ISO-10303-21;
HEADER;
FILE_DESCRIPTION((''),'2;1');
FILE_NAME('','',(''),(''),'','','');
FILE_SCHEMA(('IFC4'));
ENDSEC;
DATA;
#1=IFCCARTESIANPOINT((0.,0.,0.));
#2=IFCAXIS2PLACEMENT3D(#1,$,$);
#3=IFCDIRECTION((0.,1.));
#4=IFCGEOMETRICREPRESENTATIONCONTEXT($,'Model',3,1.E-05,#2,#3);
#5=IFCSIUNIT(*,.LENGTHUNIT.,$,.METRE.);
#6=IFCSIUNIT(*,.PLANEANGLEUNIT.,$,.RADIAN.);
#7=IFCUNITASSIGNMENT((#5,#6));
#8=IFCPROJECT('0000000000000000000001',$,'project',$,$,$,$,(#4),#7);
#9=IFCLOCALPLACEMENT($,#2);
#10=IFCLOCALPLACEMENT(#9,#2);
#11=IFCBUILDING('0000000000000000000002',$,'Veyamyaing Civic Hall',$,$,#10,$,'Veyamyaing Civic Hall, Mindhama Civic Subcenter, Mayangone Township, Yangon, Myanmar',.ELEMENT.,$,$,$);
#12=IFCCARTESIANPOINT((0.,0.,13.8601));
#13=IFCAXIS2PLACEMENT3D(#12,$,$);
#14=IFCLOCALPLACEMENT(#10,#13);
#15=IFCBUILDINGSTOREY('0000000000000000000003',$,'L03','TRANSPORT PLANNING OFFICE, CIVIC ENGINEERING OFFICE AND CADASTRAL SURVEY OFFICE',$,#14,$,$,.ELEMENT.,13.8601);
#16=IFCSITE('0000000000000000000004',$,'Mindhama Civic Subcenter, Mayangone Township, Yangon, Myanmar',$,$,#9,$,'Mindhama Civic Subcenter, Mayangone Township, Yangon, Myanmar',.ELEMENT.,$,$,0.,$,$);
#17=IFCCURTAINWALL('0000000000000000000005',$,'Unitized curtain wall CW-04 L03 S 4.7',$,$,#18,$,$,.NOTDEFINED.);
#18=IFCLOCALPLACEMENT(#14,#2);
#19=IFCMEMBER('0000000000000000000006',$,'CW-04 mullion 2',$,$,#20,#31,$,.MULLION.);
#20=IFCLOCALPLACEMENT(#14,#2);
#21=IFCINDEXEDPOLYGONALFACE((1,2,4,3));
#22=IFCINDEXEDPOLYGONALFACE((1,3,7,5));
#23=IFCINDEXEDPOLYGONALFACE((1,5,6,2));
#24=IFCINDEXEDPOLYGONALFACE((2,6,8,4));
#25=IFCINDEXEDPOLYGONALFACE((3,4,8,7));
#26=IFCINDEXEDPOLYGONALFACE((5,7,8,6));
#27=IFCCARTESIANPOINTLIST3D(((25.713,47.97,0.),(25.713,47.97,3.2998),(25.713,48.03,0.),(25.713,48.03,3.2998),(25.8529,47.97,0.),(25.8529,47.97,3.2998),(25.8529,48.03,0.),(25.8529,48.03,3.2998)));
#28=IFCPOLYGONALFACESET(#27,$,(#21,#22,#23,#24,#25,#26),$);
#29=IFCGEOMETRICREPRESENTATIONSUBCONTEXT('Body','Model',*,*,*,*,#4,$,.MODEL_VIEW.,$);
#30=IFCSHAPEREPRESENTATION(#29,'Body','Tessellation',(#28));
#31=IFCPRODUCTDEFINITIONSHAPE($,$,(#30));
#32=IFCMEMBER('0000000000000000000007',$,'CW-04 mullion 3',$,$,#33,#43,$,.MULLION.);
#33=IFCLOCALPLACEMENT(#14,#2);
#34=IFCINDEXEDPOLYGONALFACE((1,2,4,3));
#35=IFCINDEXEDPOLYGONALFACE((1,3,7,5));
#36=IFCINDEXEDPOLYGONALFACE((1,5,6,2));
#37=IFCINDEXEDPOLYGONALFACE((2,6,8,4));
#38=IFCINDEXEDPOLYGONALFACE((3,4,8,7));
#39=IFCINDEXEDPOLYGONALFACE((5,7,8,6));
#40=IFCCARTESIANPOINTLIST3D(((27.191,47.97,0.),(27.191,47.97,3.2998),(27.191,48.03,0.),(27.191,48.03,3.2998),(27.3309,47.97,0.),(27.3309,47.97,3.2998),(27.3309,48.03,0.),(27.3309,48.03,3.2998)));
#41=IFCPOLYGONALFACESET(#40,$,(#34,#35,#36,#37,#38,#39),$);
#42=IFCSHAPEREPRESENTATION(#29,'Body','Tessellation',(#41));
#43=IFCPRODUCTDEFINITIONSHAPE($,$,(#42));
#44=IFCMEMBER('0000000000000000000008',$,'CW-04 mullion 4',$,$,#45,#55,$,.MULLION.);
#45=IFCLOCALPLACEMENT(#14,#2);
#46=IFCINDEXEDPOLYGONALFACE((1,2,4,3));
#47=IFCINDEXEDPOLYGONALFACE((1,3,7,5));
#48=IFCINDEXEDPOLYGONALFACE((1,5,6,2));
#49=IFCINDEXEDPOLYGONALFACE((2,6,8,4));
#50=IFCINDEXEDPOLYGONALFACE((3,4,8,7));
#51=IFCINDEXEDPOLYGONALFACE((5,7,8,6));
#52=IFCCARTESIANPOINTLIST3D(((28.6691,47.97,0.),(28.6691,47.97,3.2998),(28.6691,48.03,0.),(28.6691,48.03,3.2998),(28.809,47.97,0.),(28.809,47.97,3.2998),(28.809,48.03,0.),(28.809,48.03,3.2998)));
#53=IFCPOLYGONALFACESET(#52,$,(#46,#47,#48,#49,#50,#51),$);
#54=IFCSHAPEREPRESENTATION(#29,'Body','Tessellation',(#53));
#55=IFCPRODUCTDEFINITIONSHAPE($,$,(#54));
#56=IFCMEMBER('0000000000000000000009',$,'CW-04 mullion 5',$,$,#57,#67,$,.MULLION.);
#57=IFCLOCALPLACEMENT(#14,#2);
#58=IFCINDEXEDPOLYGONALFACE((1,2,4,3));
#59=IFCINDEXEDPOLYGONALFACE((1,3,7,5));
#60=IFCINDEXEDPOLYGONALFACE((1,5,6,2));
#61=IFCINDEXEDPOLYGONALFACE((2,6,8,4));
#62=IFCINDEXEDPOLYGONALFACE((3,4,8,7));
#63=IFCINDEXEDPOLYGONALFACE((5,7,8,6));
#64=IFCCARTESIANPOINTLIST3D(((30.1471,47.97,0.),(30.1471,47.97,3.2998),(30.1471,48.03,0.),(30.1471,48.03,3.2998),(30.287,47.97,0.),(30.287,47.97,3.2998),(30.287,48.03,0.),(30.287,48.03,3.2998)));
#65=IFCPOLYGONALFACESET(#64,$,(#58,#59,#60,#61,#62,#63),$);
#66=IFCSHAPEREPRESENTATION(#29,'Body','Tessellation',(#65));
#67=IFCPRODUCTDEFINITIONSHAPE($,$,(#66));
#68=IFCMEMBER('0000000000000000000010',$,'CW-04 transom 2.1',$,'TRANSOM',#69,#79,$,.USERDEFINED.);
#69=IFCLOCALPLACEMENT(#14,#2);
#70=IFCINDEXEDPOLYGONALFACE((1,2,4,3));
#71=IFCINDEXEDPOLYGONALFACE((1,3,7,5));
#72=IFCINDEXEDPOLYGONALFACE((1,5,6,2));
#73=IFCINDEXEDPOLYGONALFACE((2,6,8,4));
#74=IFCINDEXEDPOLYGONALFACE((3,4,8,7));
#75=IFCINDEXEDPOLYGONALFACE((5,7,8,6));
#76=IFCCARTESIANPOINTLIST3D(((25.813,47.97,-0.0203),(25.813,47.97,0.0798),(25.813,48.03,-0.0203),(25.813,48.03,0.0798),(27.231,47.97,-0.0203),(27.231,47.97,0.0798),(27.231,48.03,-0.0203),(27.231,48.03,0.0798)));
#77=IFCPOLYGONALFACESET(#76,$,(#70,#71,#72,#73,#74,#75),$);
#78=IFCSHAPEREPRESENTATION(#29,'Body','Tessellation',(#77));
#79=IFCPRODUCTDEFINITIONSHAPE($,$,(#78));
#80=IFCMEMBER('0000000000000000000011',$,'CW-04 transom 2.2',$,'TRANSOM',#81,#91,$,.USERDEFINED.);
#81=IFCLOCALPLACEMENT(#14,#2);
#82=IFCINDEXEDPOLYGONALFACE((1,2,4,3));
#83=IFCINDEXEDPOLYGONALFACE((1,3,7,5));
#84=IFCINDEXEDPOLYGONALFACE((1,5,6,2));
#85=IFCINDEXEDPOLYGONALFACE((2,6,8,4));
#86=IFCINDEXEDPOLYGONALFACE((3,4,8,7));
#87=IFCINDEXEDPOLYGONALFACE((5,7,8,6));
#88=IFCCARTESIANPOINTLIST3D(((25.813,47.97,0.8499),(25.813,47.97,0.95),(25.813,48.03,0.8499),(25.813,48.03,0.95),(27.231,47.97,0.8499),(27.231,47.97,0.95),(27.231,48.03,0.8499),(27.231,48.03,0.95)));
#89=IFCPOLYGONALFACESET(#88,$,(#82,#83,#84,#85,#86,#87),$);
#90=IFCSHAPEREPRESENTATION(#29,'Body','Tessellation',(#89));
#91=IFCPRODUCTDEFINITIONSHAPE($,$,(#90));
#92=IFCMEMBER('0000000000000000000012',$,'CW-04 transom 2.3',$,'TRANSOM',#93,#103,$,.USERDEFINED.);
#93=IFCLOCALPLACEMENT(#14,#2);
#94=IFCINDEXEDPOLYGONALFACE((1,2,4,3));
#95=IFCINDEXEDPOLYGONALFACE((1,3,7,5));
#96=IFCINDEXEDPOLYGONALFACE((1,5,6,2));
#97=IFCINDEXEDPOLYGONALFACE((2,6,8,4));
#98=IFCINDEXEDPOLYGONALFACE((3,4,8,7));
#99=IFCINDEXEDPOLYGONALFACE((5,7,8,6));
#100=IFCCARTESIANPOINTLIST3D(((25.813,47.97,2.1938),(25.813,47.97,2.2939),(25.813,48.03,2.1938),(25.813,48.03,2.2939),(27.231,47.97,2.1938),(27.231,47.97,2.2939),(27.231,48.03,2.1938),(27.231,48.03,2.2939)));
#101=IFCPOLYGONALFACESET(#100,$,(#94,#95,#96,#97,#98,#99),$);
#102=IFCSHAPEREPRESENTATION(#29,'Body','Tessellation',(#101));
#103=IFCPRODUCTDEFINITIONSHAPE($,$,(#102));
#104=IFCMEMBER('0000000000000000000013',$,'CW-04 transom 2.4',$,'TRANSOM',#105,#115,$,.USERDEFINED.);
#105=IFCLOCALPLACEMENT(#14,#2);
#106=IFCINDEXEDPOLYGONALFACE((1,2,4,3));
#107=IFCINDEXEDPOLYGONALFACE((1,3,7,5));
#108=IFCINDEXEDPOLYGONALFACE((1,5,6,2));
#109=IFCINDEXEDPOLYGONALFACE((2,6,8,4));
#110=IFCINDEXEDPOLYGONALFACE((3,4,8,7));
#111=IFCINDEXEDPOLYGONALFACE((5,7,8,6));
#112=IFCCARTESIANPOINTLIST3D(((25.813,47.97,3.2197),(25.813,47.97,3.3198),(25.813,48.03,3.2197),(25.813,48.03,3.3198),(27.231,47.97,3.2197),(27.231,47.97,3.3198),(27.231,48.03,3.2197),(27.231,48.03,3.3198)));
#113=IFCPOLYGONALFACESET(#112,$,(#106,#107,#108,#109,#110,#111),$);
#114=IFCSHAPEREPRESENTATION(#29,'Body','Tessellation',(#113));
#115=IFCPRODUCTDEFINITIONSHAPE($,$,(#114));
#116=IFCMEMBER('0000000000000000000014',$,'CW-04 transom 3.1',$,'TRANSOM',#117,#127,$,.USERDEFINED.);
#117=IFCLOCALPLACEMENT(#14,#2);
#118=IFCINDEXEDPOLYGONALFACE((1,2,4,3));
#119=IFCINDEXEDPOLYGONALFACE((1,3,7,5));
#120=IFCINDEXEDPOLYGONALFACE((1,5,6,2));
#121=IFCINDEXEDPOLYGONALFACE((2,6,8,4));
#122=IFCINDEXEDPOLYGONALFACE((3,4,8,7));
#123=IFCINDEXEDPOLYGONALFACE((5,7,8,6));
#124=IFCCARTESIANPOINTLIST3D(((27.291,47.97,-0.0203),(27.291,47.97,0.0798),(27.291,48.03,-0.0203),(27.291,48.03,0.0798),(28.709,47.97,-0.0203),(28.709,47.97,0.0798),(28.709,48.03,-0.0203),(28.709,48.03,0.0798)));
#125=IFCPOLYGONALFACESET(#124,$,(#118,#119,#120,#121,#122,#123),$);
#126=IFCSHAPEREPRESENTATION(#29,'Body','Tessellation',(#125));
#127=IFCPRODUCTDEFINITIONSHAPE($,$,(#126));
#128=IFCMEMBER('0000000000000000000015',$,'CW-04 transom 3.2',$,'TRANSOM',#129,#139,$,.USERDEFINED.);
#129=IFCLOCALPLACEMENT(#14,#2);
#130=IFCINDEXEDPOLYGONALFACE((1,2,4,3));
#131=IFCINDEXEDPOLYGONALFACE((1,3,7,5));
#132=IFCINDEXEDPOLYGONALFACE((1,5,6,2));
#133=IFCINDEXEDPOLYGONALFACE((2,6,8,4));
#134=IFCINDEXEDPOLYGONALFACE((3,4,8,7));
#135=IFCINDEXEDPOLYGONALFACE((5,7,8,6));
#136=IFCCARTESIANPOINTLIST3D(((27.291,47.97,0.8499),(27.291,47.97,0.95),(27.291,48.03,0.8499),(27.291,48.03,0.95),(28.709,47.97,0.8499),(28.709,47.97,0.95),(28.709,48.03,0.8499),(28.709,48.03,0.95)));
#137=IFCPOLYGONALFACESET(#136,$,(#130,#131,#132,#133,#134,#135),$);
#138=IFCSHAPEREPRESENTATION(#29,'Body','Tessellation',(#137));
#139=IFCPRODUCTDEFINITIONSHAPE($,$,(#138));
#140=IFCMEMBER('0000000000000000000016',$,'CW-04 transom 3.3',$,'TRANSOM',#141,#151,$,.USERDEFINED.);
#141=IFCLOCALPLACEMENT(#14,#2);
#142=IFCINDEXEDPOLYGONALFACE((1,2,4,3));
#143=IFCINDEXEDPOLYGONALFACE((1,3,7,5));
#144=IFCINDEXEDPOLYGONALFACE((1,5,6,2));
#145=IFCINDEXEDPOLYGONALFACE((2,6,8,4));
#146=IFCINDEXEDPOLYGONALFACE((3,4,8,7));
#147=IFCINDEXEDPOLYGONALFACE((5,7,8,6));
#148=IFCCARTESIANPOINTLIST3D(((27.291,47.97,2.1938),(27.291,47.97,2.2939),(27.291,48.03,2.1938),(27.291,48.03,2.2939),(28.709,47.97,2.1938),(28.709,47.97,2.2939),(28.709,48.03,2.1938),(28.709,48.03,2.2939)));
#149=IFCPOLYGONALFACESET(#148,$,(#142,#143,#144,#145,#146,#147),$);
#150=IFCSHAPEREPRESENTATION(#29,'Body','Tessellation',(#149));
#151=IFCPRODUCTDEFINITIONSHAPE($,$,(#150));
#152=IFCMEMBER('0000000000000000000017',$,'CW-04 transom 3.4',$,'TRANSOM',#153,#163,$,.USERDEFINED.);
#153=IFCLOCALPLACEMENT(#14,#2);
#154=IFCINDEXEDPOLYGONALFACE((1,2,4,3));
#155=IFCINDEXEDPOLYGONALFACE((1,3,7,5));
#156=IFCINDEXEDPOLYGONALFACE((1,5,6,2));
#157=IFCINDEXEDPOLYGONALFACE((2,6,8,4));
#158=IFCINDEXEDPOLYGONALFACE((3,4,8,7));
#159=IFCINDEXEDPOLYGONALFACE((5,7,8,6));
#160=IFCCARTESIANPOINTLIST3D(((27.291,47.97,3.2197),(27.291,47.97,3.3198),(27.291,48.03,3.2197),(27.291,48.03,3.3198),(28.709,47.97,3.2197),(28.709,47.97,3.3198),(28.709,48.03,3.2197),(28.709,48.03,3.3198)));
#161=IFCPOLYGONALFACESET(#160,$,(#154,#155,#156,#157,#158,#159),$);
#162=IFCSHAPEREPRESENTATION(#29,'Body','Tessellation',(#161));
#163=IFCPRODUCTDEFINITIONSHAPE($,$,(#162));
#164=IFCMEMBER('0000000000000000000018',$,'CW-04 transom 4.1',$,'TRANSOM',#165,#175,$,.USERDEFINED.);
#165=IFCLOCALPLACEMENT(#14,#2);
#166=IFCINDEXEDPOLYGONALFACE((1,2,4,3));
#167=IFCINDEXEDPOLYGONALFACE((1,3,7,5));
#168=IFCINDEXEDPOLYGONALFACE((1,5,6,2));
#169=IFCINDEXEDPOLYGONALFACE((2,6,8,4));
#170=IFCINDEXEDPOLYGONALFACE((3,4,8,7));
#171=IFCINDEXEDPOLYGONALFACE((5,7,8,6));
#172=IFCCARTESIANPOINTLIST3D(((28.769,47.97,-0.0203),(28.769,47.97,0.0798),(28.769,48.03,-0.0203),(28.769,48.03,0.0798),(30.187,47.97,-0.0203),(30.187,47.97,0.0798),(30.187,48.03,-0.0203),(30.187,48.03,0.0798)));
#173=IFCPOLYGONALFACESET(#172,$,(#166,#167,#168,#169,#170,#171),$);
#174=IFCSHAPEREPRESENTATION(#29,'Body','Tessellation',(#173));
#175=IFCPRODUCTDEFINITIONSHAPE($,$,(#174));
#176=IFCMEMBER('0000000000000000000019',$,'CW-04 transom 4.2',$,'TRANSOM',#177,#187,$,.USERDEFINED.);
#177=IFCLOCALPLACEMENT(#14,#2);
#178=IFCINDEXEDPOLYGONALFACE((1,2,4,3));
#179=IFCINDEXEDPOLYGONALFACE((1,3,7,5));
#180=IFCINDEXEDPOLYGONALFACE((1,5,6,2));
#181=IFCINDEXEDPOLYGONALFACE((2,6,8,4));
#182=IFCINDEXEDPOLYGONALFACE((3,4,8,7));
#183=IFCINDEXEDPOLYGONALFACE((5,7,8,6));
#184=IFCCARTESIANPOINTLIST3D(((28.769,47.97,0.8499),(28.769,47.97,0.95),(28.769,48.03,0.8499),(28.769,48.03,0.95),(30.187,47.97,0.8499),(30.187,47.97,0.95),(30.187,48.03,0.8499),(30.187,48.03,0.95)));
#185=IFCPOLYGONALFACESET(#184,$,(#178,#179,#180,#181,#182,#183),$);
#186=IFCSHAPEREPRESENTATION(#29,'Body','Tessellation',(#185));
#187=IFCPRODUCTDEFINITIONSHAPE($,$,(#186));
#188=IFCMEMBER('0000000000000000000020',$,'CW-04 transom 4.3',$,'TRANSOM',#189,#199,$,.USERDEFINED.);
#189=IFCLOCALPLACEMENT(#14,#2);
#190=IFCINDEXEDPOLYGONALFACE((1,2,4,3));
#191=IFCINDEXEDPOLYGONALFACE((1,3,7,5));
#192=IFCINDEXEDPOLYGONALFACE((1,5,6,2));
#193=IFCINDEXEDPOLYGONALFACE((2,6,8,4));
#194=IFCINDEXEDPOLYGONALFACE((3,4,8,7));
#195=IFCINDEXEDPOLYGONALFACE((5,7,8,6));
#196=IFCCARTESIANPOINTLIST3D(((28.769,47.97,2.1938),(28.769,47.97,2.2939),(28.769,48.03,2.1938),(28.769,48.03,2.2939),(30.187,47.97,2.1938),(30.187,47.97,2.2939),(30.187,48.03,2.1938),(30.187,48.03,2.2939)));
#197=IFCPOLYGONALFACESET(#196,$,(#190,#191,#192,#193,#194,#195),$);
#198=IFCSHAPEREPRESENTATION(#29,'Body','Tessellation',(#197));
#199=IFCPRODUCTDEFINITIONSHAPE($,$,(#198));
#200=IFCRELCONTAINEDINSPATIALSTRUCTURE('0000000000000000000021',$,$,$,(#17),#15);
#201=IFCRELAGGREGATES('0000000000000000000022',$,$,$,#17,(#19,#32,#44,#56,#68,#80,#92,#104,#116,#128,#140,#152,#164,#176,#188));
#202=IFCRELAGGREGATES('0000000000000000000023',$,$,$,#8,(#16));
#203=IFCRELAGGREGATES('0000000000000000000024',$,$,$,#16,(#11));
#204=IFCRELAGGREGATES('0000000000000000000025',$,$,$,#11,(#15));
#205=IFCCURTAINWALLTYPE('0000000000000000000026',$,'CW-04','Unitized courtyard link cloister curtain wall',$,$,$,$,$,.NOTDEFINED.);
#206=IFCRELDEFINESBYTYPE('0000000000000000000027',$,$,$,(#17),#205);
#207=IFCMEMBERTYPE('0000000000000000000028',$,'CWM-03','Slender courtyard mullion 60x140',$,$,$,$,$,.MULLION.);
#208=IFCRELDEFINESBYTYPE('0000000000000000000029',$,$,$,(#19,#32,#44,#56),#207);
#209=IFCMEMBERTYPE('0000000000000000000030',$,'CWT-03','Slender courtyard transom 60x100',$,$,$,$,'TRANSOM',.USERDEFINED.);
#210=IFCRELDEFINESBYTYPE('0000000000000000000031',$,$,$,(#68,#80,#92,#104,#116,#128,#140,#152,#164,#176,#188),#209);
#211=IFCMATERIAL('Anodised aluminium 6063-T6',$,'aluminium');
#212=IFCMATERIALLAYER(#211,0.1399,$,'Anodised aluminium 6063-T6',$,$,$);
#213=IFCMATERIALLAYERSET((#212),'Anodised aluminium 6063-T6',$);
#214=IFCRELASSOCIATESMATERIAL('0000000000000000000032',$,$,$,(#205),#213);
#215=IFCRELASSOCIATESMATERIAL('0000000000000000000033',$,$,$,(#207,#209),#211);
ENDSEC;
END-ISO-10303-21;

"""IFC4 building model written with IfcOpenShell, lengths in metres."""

from ifc_helpers import new_model, si_unit, direction, frame, origin, origin_2d, place, context, subcontext, project, spatial, rectangle, extrude, material, layer, layer_set, material_profile, profile_set, type_object, element, aggregate, save


model = new_model("IFC4")

# Units and contexts
model_context = context("Model", 3, precision=1e-05, world=origin(), true_north=direction((0.0, 1.0)))
body_context = subcontext(model_context, "Body", "Model", "MODEL_VIEW")
ifc_project = project(units=[si_unit("LENGTHUNIT", "METRE"), si_unit("PLANEANGLEUNIT", "RADIAN")], contexts=[model_context])

# Site, building, storey
site_placement = place(None, origin())
site = spatial("IfcSite", under=ifc_project, at=site_placement, Name="Mindhama Civic Subcenter, Mayangone Township, Yangon, Myanmar", LongName="Mindhama Civic Subcenter, Mayangone Township, Yangon, Myanmar", CompositionType="ELEMENT", RefElevation=0.0)
building_placement = place(site_placement, origin())
building = spatial("IfcBuilding", under=site, at=building_placement, Name="Veyamyaing Civic Hall", LongName="Veyamyaing Civic Hall, Mindhama Civic Subcenter, Mayangone Township, Yangon, Myanmar", CompositionType="ELEMENT")
storey_placement = place(building_placement, frame((0.0, 0.0, 13.8601)))
storey = spatial("IfcBuildingStorey", under=building, at=storey_placement, Name="L03", Description="TRANSPORT PLANNING OFFICE, CIVIC ENGINEERING OFFICE AND CADASTRAL SURVEY OFFICE", CompositionType="ELEMENT", Elevation=13.8601)

# Curtain wall, members
ifc_material_1 = material(Name="Anodised aluminium 6063-T6", Category="aluminium")
ifc_layer_1 = layer(ifc_material_1, 0.1399, Name="Anodised aluminium 6063-T6")
ifc_layer_set_1 = layer_set([ifc_layer_1], Name="Anodised aluminium 6063-T6")
curtain_wall_type = type_object("IfcCurtainWallType", Name="CW-04", Description="Unitized courtyard link cloister curtain wall", PredefinedType="NOTDEFINED", material=ifc_layer_set_1)
curtain_wall_1_placement = place(storey_placement, origin())
curtain_wall_1 = element("IfcCurtainWall", 1, at=curtain_wall_1_placement, inside=storey, type_object=curtain_wall_type, Name="Unitized curtain wall CW-04 L03 S 4.7", PredefinedType="NOTDEFINED")
ifc_material_profile_1 = material_profile(ifc_material_1, rectangle(XDim=0.0601, YDim=0.1399, at=origin_2d()), Name="ALU-MUL-60X140")
ifc_profile_set_1 = profile_set([ifc_material_profile_1], Name="Anodised aluminium 6063-T6")
member_type_1 = type_object("IfcMemberType", Name="CWM-03", Description="Slender courtyard mullion 60x140", PredefinedType="MULLION", material=ifc_profile_set_1)
member_1_placement = place(storey_placement, frame((25.783, 48.0, 0.0), z_axis=(0.0, 0.0, 1.0), x_axis=(0.0, 1.0, 0.0)))
member_1 = element("IfcMember", 2, at=member_1_placement, type_object=member_type_1, Name="CW-04 mullion 2", PredefinedType="MULLION", context=body_context, shape_type="SweptSolid", body=[
    extrude(rectangle(XDim=0.0601, YDim=0.1399, at=origin_2d()), origin(), (0.0, 0.0, 1.0), 3.2998),
])
member_2_placement = place(storey_placement, frame((27.261, 48.0, 0.0), z_axis=(0.0, 0.0, 1.0), x_axis=(0.0, 1.0, 0.0)))
member_2 = element("IfcMember", 3, at=member_2_placement, type_object=member_type_1, Name="CW-04 mullion 3", PredefinedType="MULLION", context=body_context, shape_type="SweptSolid", body=[
    extrude(rectangle(XDim=0.0601, YDim=0.1399, at=origin_2d()), origin(), (0.0, 0.0, 1.0), 3.2998),
])
member_3_placement = place(storey_placement, frame((28.739, 48.0, 0.0), z_axis=(0.0, 0.0, 1.0), x_axis=(0.0, 1.0, 0.0)))
member_3 = element("IfcMember", 4, at=member_3_placement, type_object=member_type_1, Name="CW-04 mullion 4", PredefinedType="MULLION", context=body_context, shape_type="SweptSolid", body=[
    extrude(rectangle(XDim=0.0601, YDim=0.1399, at=origin_2d()), origin(), (0.0, 0.0, 1.0), 3.2998),
])
member_4_placement = place(storey_placement, frame((30.217, 48.0, 0.0), z_axis=(0.0, 0.0, 1.0), x_axis=(0.0, 1.0, 0.0)))
member_4 = element("IfcMember", 5, at=member_4_placement, type_object=member_type_1, Name="CW-04 mullion 5", PredefinedType="MULLION", context=body_context, shape_type="SweptSolid", body=[
    extrude(rectangle(XDim=0.0601, YDim=0.1399, at=origin_2d()), origin(), (0.0, 0.0, 1.0), 3.2998),
])
ifc_material_profile_2 = material_profile(ifc_material_1, rectangle(XDim=0.0601, YDim=0.1001, at=origin_2d()), Name="ALU-TRN-60X100")
ifc_profile_set_2 = profile_set([ifc_material_profile_2], Name="Anodised aluminium 6063-T6")
member_type_2 = type_object("IfcMemberType", Name="CWT-03", Description="Slender courtyard transom 60x100", ElementType="TRANSOM", PredefinedType="USERDEFINED", material=ifc_profile_set_2)
member_5_placement = place(storey_placement, frame((25.813, 48.0, 0.0298), z_axis=(1.0, 0.0, 0.0), x_axis=(0.0, 1.0, 0.0)))
member_5 = element("IfcMember", 6, at=member_5_placement, type_object=member_type_2, Name="CW-04 transom 2.1", ObjectType="TRANSOM", PredefinedType="USERDEFINED", context=body_context, shape_type="SweptSolid", body=[
    extrude(rectangle(XDim=0.0601, YDim=0.1001, at=origin_2d()), origin(), (0.0, 0.0, 1.0), 1.418),
])
member_6_placement = place(storey_placement, frame((25.813, 48.0, 0.8999), z_axis=(1.0, 0.0, 0.0), x_axis=(0.0, 1.0, 0.0)))
member_6 = element("IfcMember", 7, at=member_6_placement, type_object=member_type_2, Name="CW-04 transom 2.2", ObjectType="TRANSOM", PredefinedType="USERDEFINED", context=body_context, shape_type="SweptSolid", body=[
    extrude(rectangle(XDim=0.0601, YDim=0.1001, at=origin_2d()), origin(), (0.0, 0.0, 1.0), 1.418),
])
member_7_placement = place(storey_placement, frame((25.813, 48.0, 2.2439), z_axis=(1.0, 0.0, 0.0), x_axis=(0.0, 1.0, 0.0)))
member_7 = element("IfcMember", 8, at=member_7_placement, type_object=member_type_2, Name="CW-04 transom 2.3", ObjectType="TRANSOM", PredefinedType="USERDEFINED", context=body_context, shape_type="SweptSolid", body=[
    extrude(rectangle(XDim=0.0601, YDim=0.1001, at=origin_2d()), origin(), (0.0, 0.0, 1.0), 1.418),
])
member_8_placement = place(storey_placement, frame((25.813, 48.0, 3.2698), z_axis=(1.0, 0.0, 0.0), x_axis=(0.0, 1.0, 0.0)))
member_8 = element("IfcMember", 9, at=member_8_placement, type_object=member_type_2, Name="CW-04 transom 2.4", ObjectType="TRANSOM", PredefinedType="USERDEFINED", context=body_context, shape_type="SweptSolid", body=[
    extrude(rectangle(XDim=0.0601, YDim=0.1001, at=origin_2d()), origin(), (0.0, 0.0, 1.0), 1.418),
])
member_9_placement = place(storey_placement, frame((27.291, 48.0, 0.0298), z_axis=(1.0, 0.0, 0.0), x_axis=(0.0, 1.0, 0.0)))
member_9 = element("IfcMember", 10, at=member_9_placement, type_object=member_type_2, Name="CW-04 transom 3.1", ObjectType="TRANSOM", PredefinedType="USERDEFINED", context=body_context, shape_type="SweptSolid", body=[
    extrude(rectangle(XDim=0.0601, YDim=0.1001, at=origin_2d()), origin(), (0.0, 0.0, 1.0), 1.418),
])
member_10_placement = place(storey_placement, frame((27.291, 48.0, 0.8999), z_axis=(1.0, 0.0, 0.0), x_axis=(0.0, 1.0, 0.0)))
member_10 = element("IfcMember", 11, at=member_10_placement, type_object=member_type_2, Name="CW-04 transom 3.2", ObjectType="TRANSOM", PredefinedType="USERDEFINED", context=body_context, shape_type="SweptSolid", body=[
    extrude(rectangle(XDim=0.0601, YDim=0.1001, at=origin_2d()), origin(), (0.0, 0.0, 1.0), 1.418),
])
member_11_placement = place(storey_placement, frame((27.291, 48.0, 2.2439), z_axis=(1.0, 0.0, 0.0), x_axis=(0.0, 1.0, 0.0)))
member_11 = element("IfcMember", 12, at=member_11_placement, type_object=member_type_2, Name="CW-04 transom 3.3", ObjectType="TRANSOM", PredefinedType="USERDEFINED", context=body_context, shape_type="SweptSolid", body=[
    extrude(rectangle(XDim=0.0601, YDim=0.1001, at=origin_2d()), origin(), (0.0, 0.0, 1.0), 1.418),
])
member_12_placement = place(storey_placement, frame((27.291, 48.0, 3.2698), z_axis=(1.0, 0.0, 0.0), x_axis=(0.0, 1.0, 0.0)))
member_12 = element("IfcMember", 13, at=member_12_placement, type_object=member_type_2, Name="CW-04 transom 3.4", ObjectType="TRANSOM", PredefinedType="USERDEFINED", context=body_context, shape_type="SweptSolid", body=[
    extrude(rectangle(XDim=0.0601, YDim=0.1001, at=origin_2d()), origin(), (0.0, 0.0, 1.0), 1.418),
])
member_13_placement = place(storey_placement, frame((28.769, 48.0, 0.0298), z_axis=(1.0, 0.0, 0.0), x_axis=(0.0, 1.0, 0.0)))
member_13 = element("IfcMember", 14, at=member_13_placement, type_object=member_type_2, Name="CW-04 transom 4.1", ObjectType="TRANSOM", PredefinedType="USERDEFINED", context=body_context, shape_type="SweptSolid", body=[
    extrude(rectangle(XDim=0.0601, YDim=0.1001, at=origin_2d()), origin(), (0.0, 0.0, 1.0), 1.418),
])
member_14_placement = place(storey_placement, frame((28.769, 48.0, 0.8999), z_axis=(1.0, 0.0, 0.0), x_axis=(0.0, 1.0, 0.0)))
member_14 = element("IfcMember", 15, at=member_14_placement, type_object=member_type_2, Name="CW-04 transom 4.2", ObjectType="TRANSOM", PredefinedType="USERDEFINED", context=body_context, shape_type="SweptSolid", body=[
    extrude(rectangle(XDim=0.0601, YDim=0.1001, at=origin_2d()), origin(), (0.0, 0.0, 1.0), 1.418),
])
member_15_placement = place(storey_placement, frame((28.769, 48.0, 2.2439), z_axis=(1.0, 0.0, 0.0), x_axis=(0.0, 1.0, 0.0)))
member_15 = element("IfcMember", 16, at=member_15_placement, type_object=member_type_2, Name="CW-04 transom 4.3", ObjectType="TRANSOM", PredefinedType="USERDEFINED", context=body_context, shape_type="SweptSolid", body=[
    extrude(rectangle(XDim=0.0601, YDim=0.1001, at=origin_2d()), origin(), (0.0, 0.0, 1.0), 1.418),
])

aggregate(curtain_wall_1, [member_1, member_2, member_3, member_4, member_5, member_6, member_7, member_8, member_9, member_10, member_11, member_12, member_13, member_14, member_15])

save(model, "model.ifc")
